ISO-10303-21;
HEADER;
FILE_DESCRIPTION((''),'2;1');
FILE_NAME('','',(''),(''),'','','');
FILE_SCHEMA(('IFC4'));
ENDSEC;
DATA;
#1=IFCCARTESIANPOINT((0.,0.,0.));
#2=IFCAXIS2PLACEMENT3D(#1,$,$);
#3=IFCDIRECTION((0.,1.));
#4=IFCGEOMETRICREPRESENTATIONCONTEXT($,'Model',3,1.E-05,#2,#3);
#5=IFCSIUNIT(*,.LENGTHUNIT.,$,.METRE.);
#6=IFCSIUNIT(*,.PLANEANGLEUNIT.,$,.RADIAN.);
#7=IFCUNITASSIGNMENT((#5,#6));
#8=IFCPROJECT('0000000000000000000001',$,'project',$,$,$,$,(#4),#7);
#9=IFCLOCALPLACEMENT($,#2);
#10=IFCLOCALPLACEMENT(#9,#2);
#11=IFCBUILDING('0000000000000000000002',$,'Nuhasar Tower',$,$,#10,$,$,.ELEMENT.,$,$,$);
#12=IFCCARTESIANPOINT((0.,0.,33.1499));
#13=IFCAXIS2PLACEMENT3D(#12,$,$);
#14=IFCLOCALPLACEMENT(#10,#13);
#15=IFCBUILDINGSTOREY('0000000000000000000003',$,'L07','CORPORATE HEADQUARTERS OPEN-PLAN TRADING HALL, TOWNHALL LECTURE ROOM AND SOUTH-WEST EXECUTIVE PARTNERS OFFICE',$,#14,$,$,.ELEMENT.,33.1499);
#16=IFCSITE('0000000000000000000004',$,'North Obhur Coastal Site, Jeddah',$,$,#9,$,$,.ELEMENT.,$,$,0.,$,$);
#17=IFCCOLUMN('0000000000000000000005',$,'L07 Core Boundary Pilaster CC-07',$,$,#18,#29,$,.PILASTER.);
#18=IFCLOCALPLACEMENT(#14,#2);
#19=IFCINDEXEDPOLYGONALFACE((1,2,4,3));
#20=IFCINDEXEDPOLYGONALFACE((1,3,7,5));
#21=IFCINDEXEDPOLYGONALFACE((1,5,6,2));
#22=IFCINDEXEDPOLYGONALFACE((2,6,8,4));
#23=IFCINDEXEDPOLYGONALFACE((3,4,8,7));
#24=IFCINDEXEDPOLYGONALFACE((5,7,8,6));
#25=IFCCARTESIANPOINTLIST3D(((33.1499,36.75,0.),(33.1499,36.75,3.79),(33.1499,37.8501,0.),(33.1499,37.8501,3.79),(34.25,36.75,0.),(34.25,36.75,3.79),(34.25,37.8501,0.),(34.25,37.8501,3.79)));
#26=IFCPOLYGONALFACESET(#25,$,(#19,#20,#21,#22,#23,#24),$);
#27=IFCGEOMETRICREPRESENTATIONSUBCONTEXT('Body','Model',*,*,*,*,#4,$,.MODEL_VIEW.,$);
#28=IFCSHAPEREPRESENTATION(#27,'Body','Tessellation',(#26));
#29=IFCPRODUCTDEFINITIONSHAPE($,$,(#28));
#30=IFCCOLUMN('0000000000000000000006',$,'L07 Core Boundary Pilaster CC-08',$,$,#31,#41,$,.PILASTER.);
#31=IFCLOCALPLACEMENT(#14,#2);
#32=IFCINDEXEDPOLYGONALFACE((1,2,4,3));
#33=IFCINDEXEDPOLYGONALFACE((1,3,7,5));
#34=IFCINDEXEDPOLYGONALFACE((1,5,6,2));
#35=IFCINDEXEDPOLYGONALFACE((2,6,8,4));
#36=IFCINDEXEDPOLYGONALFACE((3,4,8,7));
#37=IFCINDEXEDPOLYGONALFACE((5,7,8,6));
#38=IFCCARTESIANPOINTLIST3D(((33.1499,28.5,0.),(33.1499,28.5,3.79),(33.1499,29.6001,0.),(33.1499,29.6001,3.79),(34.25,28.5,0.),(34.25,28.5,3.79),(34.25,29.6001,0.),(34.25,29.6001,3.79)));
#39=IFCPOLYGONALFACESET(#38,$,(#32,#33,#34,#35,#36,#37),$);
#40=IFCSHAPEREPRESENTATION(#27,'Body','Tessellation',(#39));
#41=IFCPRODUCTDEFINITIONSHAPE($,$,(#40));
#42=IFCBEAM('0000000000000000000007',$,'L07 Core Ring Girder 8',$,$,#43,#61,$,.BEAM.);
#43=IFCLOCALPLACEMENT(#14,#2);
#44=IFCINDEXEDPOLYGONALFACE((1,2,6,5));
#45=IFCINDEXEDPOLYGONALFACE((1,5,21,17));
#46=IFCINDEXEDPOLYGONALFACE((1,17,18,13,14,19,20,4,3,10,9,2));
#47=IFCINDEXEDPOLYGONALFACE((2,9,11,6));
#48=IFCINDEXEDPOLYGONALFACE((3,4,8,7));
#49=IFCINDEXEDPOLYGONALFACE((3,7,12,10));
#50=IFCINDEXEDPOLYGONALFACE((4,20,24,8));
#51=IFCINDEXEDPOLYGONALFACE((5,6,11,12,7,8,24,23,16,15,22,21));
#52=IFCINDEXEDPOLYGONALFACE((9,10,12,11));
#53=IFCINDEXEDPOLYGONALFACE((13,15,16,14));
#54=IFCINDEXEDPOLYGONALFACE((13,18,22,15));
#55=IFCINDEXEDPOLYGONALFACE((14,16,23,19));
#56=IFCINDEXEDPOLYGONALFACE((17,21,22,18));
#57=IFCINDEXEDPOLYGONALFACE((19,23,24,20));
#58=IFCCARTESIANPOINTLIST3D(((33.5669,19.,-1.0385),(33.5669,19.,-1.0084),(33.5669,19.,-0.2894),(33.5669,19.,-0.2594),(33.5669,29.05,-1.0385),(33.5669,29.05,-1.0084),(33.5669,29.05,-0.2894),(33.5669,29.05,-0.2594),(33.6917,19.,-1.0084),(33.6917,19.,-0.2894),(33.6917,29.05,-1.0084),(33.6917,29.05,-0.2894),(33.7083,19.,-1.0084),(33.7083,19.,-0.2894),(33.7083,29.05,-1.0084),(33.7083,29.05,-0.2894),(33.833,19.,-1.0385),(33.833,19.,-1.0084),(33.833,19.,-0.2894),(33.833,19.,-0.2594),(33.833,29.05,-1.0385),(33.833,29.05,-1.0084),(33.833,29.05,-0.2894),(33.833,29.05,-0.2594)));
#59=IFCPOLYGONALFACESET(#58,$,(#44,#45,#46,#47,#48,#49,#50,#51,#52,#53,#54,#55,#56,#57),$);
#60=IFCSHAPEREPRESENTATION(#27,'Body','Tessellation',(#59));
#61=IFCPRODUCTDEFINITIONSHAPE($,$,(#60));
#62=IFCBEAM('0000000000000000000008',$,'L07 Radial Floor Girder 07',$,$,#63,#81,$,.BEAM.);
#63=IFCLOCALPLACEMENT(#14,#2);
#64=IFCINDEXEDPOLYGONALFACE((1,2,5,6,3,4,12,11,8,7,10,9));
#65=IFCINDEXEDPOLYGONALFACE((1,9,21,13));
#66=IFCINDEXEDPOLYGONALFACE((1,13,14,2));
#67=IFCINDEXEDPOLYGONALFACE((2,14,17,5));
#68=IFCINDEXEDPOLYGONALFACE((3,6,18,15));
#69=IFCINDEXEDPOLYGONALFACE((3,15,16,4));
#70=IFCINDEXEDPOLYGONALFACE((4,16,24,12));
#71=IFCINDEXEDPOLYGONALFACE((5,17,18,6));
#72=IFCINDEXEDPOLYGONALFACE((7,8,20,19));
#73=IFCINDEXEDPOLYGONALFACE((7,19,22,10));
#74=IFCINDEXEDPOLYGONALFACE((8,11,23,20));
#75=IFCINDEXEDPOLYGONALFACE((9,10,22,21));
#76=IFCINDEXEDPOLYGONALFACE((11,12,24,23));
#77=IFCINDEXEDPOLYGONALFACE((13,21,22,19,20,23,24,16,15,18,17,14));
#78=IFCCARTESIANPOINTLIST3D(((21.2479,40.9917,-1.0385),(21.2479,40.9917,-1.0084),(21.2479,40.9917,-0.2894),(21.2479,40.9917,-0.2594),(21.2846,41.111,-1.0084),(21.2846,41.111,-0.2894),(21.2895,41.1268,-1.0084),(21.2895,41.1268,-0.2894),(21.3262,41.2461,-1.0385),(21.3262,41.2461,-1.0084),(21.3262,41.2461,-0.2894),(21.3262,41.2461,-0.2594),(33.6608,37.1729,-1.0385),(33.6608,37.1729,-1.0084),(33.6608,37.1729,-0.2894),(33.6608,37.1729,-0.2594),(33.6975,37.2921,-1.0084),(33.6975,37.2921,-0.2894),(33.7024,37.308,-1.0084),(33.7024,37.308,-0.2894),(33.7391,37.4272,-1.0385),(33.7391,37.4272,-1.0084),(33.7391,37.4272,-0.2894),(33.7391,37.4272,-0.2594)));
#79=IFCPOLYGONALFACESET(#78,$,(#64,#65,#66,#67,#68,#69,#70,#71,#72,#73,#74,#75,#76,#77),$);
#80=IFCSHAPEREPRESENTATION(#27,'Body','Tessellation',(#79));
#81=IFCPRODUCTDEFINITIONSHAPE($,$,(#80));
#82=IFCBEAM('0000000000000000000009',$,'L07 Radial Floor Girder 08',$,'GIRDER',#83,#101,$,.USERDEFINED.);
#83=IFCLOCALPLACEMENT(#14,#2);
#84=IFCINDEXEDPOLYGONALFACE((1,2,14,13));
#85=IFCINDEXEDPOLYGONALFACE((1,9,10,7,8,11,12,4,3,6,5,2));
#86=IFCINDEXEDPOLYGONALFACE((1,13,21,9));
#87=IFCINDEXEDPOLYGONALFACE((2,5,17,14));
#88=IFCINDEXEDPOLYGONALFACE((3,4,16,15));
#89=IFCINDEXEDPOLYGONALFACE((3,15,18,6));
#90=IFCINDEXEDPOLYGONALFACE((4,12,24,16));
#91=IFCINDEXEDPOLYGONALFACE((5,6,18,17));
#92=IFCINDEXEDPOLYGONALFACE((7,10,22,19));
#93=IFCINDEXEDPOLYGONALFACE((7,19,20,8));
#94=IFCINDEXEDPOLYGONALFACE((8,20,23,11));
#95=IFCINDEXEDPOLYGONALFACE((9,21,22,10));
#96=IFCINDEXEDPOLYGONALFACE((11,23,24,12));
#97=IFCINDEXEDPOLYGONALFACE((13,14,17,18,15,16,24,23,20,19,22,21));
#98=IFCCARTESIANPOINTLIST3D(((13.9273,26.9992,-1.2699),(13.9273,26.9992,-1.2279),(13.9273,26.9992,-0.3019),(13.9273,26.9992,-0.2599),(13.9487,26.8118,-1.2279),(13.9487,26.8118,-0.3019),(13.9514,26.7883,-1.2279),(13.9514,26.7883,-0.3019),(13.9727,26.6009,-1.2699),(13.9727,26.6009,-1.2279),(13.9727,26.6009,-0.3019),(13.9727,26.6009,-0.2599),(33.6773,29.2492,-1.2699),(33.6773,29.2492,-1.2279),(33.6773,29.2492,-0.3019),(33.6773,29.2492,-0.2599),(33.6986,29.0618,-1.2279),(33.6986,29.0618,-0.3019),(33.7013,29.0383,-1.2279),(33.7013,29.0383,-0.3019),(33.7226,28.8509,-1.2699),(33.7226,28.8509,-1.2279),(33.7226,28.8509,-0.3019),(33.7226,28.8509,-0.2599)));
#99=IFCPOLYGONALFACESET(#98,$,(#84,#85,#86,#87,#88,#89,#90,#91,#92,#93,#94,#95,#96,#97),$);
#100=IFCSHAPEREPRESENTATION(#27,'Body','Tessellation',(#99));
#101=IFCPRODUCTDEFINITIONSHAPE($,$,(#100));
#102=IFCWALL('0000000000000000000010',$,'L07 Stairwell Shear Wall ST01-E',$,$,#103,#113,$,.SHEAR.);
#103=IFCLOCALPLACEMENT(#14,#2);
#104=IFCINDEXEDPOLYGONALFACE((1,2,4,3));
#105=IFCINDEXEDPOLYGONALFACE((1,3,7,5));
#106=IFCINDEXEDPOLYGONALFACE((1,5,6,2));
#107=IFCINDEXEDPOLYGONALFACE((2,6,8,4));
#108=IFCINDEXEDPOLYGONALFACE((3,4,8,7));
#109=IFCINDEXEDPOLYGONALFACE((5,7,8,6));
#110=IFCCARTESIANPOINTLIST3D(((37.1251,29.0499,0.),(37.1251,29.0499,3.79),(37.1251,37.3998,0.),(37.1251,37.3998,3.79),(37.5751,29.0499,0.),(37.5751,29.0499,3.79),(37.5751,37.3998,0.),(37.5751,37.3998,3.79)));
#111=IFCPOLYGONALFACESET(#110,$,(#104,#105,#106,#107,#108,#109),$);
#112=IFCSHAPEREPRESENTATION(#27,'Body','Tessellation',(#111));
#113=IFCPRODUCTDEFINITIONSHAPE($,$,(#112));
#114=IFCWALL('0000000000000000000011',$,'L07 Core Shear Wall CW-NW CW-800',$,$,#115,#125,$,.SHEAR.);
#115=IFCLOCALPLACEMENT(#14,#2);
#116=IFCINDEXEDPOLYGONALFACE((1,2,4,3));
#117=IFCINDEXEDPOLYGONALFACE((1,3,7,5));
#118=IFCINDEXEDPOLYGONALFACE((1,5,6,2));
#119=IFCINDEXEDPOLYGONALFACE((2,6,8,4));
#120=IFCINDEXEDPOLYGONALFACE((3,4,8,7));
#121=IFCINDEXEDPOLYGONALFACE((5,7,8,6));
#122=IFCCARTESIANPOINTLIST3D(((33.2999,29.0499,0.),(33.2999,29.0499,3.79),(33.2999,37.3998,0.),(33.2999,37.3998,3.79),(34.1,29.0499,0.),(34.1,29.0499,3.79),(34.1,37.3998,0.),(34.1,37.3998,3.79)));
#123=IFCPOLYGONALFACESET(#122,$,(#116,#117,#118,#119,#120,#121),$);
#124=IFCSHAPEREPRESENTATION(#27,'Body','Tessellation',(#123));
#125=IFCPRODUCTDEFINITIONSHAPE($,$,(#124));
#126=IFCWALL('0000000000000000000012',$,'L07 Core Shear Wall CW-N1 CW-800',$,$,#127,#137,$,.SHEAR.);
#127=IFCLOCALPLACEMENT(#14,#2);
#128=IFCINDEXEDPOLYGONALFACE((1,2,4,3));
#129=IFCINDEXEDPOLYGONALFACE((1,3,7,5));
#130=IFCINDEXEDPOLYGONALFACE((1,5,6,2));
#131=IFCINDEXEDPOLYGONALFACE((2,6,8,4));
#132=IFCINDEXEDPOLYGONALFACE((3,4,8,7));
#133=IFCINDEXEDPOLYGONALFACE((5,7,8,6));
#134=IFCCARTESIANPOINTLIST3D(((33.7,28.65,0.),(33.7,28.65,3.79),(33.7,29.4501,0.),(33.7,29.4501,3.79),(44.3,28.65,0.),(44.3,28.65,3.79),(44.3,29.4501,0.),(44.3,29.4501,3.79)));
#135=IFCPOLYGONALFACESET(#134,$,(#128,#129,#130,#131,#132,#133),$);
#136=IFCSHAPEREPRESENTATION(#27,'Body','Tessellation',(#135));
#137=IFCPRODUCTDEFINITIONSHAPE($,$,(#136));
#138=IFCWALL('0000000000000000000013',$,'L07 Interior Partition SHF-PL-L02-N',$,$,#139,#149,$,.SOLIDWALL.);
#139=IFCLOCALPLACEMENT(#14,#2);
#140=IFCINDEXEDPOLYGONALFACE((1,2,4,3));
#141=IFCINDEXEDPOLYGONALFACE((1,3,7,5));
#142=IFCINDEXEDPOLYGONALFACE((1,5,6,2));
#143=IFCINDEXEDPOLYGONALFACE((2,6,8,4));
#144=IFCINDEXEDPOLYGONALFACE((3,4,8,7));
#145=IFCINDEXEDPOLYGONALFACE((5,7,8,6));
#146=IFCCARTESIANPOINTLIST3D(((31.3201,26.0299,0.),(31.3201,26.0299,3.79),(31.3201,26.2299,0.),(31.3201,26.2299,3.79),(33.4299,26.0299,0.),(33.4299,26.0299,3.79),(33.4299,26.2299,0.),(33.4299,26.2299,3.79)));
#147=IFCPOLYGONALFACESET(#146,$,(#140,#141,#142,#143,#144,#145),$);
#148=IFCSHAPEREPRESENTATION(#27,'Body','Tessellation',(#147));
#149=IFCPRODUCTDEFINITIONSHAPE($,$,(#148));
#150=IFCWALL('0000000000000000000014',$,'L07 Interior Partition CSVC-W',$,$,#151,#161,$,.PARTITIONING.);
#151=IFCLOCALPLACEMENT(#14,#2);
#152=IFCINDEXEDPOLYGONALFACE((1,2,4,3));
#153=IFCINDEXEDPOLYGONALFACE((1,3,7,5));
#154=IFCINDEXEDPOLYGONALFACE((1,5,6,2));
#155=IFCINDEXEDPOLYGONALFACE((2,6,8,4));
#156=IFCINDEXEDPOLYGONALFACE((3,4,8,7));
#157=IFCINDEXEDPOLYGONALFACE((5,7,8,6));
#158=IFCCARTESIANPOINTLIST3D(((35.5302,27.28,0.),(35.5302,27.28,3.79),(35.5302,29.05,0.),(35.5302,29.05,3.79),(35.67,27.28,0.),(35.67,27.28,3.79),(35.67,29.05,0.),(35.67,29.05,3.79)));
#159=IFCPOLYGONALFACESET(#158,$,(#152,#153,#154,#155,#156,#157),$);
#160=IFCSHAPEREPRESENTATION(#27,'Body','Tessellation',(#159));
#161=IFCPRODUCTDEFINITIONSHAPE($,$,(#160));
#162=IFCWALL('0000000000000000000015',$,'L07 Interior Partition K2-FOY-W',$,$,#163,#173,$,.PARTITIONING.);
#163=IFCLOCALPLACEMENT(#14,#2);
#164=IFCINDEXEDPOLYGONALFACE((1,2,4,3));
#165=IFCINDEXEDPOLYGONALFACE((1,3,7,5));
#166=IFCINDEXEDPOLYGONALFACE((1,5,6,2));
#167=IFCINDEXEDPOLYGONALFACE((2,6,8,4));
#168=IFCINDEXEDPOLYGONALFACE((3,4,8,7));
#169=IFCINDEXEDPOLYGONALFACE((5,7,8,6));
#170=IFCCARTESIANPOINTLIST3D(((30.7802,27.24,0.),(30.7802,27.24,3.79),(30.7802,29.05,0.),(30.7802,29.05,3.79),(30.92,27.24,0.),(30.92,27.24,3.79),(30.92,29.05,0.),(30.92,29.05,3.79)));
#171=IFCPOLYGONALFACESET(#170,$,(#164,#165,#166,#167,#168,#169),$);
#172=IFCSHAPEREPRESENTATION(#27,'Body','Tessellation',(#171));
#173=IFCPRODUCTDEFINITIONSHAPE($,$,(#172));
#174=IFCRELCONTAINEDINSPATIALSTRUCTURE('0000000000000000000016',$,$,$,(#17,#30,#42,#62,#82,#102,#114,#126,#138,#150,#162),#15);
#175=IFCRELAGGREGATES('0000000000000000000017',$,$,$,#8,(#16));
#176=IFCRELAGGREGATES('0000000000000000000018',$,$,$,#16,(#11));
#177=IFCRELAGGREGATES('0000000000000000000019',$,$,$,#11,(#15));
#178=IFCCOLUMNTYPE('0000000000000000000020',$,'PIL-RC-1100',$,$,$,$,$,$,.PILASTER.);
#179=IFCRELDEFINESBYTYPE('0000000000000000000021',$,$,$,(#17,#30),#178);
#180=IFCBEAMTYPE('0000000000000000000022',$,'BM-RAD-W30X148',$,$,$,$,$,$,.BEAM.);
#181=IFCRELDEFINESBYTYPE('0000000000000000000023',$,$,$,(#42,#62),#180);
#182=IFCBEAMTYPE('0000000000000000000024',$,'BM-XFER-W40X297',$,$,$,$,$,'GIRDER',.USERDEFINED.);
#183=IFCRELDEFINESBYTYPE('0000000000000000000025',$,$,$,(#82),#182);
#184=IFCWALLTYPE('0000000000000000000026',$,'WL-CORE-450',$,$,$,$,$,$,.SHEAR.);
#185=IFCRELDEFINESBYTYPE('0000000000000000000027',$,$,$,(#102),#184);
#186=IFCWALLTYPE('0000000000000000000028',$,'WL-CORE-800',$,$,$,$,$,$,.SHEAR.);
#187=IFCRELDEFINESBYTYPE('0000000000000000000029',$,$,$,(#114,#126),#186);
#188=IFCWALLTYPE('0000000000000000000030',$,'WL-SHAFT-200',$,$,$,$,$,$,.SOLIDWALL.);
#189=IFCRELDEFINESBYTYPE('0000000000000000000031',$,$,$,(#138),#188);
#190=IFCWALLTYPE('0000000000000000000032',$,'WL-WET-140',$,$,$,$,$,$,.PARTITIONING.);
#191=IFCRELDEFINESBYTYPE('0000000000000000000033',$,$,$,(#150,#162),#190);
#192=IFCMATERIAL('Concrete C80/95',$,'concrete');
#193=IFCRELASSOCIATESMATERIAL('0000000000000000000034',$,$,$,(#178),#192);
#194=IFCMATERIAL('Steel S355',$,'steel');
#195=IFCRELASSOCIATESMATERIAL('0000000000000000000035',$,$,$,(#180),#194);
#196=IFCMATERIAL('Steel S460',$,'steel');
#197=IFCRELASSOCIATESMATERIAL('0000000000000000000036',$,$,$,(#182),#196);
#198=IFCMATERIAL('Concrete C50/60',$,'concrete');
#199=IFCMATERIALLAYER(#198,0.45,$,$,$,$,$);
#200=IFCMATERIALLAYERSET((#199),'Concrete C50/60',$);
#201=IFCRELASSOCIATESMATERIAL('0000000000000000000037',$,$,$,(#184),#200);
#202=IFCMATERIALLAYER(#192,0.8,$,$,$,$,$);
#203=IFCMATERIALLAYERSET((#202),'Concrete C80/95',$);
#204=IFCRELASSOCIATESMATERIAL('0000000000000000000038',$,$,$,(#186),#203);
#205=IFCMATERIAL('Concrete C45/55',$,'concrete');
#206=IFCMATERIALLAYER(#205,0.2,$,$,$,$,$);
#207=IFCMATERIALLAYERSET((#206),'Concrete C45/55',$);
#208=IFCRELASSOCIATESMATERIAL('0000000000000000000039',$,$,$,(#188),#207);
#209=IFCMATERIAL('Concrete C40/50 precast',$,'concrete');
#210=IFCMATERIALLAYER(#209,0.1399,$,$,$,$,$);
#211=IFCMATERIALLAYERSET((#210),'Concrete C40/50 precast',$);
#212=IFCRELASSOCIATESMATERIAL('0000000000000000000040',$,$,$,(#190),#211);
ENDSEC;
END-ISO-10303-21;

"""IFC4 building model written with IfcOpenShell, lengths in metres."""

from ifc_helpers import new_model, si_unit, direction, frame, frame_2d, origin, origin_2d, place, context, subcontext, project, spatial, rectangle, i_section, extrude, material, layer, layer_set, material_profile, profile_set, type_object, element, save


model = new_model("IFC4")

# Units and contexts
model_context = context("Model", 3, precision=1e-05, world=origin(), true_north=direction((0.0, 1.0)))
body_context = subcontext(model_context, "Body", "Model", "MODEL_VIEW")
ifc_project = project(units=[si_unit("LENGTHUNIT", "METRE"), si_unit("PLANEANGLEUNIT", "RADIAN")], contexts=[model_context])

# Site, building, storey
site_placement = place(None, origin())
site = spatial("IfcSite", under=ifc_project, at=site_placement, Name="North Obhur Coastal Site, Jeddah", CompositionType="ELEMENT", RefElevation=0.0)
building_placement = place(site_placement, origin())
building = spatial("IfcBuilding", under=site, at=building_placement, Name="Nuhasar Tower", CompositionType="ELEMENT")
storey_placement = place(building_placement, frame((0.0, 0.0, 33.1499)))
storey = spatial("IfcBuildingStorey", under=building, at=storey_placement, Name="L07", Description="CORPORATE HEADQUARTERS OPEN-PLAN TRADING HALL, TOWNHALL LECTURE ROOM AND SOUTH-WEST EXECUTIVE PARTNERS OFFICE", CompositionType="ELEMENT", Elevation=33.1499)

# Columns
ifc_material_1 = material(Name="Concrete C80/95", Category="concrete")
ifc_material_profile_1 = material_profile(ifc_material_1, rectangle(XDim=1.1001, YDim=1.1001, at=origin_2d()), Name="RC1100X1100")
ifc_profile_set_1 = profile_set([ifc_material_profile_1], Name="Concrete C80/95")
column_type = type_object("IfcColumnType", Name="PIL-RC-1100", PredefinedType="PILASTER", material=ifc_profile_set_1)
for number, where, z_axis, x_axis, name in (
    (1, (33.7, 37.3, 0.0), (0.0, 0.0, 1.0), (1.0, 0.0, 0.0), "L07 Core Boundary Pilaster CC-07"),
    (2, (33.7, 29.05, 0.0), (0.0, 0.0, 1.0), (1.0, 0.0, 0.0), "L07 Core Boundary Pilaster CC-08"),
):
    element("IfcColumn", number, at=place(storey_placement, frame(where, z_axis=z_axis, x_axis=x_axis)), inside=storey, type_object=column_type, Name=name, PredefinedType="PILASTER", context=body_context, shape_type="SweptSolid", body=[
        extrude(rectangle(XDim=1.1001, YDim=1.1001, at=origin_2d()), origin(), (0.0, 0.0, 1.0), 3.79),
    ])

# Beams
ifc_material_2 = material(Name="Steel S355", Category="steel")
ifc_material_profile_2 = material_profile(ifc_material_2, i_section(OverallWidth=0.2661, OverallDepth=0.7791, WebThickness=0.0166, FlangeThickness=0.03, at=origin_2d()), Name="W30X148")
ifc_profile_set_2 = profile_set([ifc_material_profile_2], Name="Steel S355")
beam_type_1 = type_object("IfcBeamType", Name="BM-RAD-W30X148", PredefinedType="BEAM", material=ifc_profile_set_2)
beam_1_placement = place(storey_placement, frame((33.7, 29.05, -0.6489), z_axis=(0.0, -1.0, 0.0), x_axis=(1.0, 0.0, 0.0)))
element("IfcBeam", 3, at=beam_1_placement, inside=storey, type_object=beam_type_1, Name="L07 Core Ring Girder 8", PredefinedType="BEAM", context=body_context, shape_type="SweptSolid", body=[
    extrude(i_section(OverallWidth=0.2661, OverallDepth=0.7791, WebThickness=0.0166, FlangeThickness=0.03, at=origin_2d()), origin(), (0.0, 0.0, 1.0), 10.05),
])
beam_2_placement = place(storey_placement, frame((33.7, 37.3, -0.6489), z_axis=(-0.95579, 0.294052, 0.0), x_axis=(-0.294052, -0.95579, 0.0)))
element("IfcBeam", 4, at=beam_2_placement, inside=storey, type_object=beam_type_1, Name="L07 Radial Floor Girder 07", PredefinedType="BEAM", context=body_context, shape_type="SweptSolid", body=[
    extrude(i_section(OverallWidth=0.2661, OverallDepth=0.7791, WebThickness=0.0166, FlangeThickness=0.03, at=origin_2d()), origin(), (0.0, 0.0, 1.0), 12.9871),
])
ifc_material_3 = material(Name="Steel S460", Category="steel")
ifc_material_profile_3 = material_profile(ifc_material_3, i_section(OverallWidth=0.4009, OverallDepth=1.01, WebThickness=0.0237, FlangeThickness=0.042, at=origin_2d()), Name="W40X297")
ifc_profile_set_3 = profile_set([ifc_material_profile_3], Name="Steel S460")
beam_type_2 = type_object("IfcBeamType", Name="BM-XFER-W40X297", ElementType="GIRDER", PredefinedType="USERDEFINED", material=ifc_profile_set_3)
beam_3_placement = place(storey_placement, frame((33.7, 29.05, -0.7649), z_axis=(-0.993573, -0.113192, 0.0), x_axis=(0.113192, -0.993573, 0.0)))
element("IfcBeam", 5, at=beam_3_placement, inside=storey, type_object=beam_type_2, Name="L07 Radial Floor Girder 08", ObjectType="GIRDER", PredefinedType="USERDEFINED", context=body_context, shape_type="SweptSolid", body=[
    extrude(i_section(OverallWidth=0.4009, OverallDepth=1.01, WebThickness=0.0237, FlangeThickness=0.042, at=origin_2d()), origin(), (0.0, 0.0, 1.0), 19.8777),
])

# Walls
ifc_material_4 = material(Name="Concrete C50/60", Category="concrete")
ifc_layer_1 = layer(ifc_material_4, 0.45)
ifc_layer_set_1 = layer_set([ifc_layer_1], Name="Concrete C50/60")
wall_type_1 = type_object("IfcWallType", Name="WL-CORE-450", PredefinedType="SHEAR", material=ifc_layer_set_1)
wall_1_placement = place(storey_placement, frame((37.3501, 29.05, 0.0), z_axis=(0.0, 0.0, 1.0), x_axis=(0.0, 1.0, 0.0)))
element("IfcWall", 6, at=wall_1_placement, inside=storey, type_object=wall_type_1, Name="L07 Stairwell Shear Wall ST01-E", PredefinedType="SHEAR", context=body_context, shape_type="SweptSolid", body=[
    extrude(rectangle(XDim=8.3499, YDim=0.45, at=frame_2d((4.1748, 0.0))), origin(), (0.0, 0.0, 1.0), 3.79),
])
ifc_layer_2 = layer(ifc_material_1, 0.8)
ifc_layer_set_2 = layer_set([ifc_layer_2], Name="Concrete C80/95")
wall_type_2 = type_object("IfcWallType", Name="WL-CORE-800", PredefinedType="SHEAR", material=ifc_layer_set_2)
wall_2_placement = place(storey_placement, frame((33.7, 29.05, 0.0), z_axis=(0.0, 0.0, 1.0), x_axis=(0.0, 1.0, 0.0)))
element("IfcWall", 7, at=wall_2_placement, inside=storey, type_object=wall_type_2, Name="L07 Core Shear Wall CW-NW CW-800", PredefinedType="SHEAR", context=body_context, shape_type="SweptSolid", body=[
    extrude(rectangle(XDim=8.3499, YDim=0.8, at=frame_2d((4.1748, 0.0))), origin(), (0.0, 0.0, 1.0), 3.79),
])
wall_3_placement = place(storey_placement, frame((33.7, 29.05, 0.0), z_axis=(0.0, 0.0, 1.0), x_axis=(1.0, 0.0, 0.0)))
element("IfcWall", 8, at=wall_3_placement, inside=storey, type_object=wall_type_2, Name="L07 Core Shear Wall CW-N1 CW-800", PredefinedType="SHEAR", context=body_context, shape_type="SweptSolid", body=[
    extrude(rectangle(XDim=10.6001, YDim=0.8, at=frame_2d((5.3, 0.0))), origin(), (0.0, 0.0, 1.0), 3.79),
])
ifc_material_5 = material(Name="Concrete C45/55", Category="concrete")
ifc_layer_3 = layer(ifc_material_5, 0.2)
ifc_layer_set_3 = layer_set([ifc_layer_3], Name="Concrete C45/55")
wall_type_3 = type_object("IfcWallType", Name="WL-SHAFT-200", PredefinedType="SOLIDWALL", material=ifc_layer_set_3)
wall_4_placement = place(storey_placement, frame((31.3201, 26.1299, 0.0), z_axis=(0.0, 0.0, 1.0), x_axis=(1.0, 0.0, 0.0)))
element("IfcWall", 9, at=wall_4_placement, inside=storey, type_object=wall_type_3, Name="L07 Interior Partition SHF-PL-L02-N", PredefinedType="SOLIDWALL", context=body_context, shape_type="SweptSolid", body=[
    extrude(rectangle(XDim=2.1099, YDim=0.2, at=frame_2d((1.0549, 0.0))), origin(), (0.0, 0.0, 1.0), 3.79),
])
ifc_material_6 = material(Name="Concrete C40/50 precast", Category="concrete")
ifc_layer_4 = layer(ifc_material_6, 0.1399)
ifc_layer_set_4 = layer_set([ifc_layer_4], Name="Concrete C40/50 precast")
wall_type_4 = type_object("IfcWallType", Name="WL-WET-140", PredefinedType="PARTITIONING", material=ifc_layer_set_4)
wall_5_placement = place(storey_placement, frame((35.6001, 27.28, 0.0), z_axis=(0.0, 0.0, 1.0), x_axis=(0.0, 1.0, 0.0)))
element("IfcWall", 10, at=wall_5_placement, inside=storey, type_object=wall_type_4, Name="L07 Interior Partition CSVC-W", PredefinedType="PARTITIONING", context=body_context, shape_type="SweptSolid", body=[
    extrude(rectangle(XDim=1.77, YDim=0.1399, at=frame_2d((0.885, 0.0))), origin(), (0.0, 0.0, 1.0), 3.79),
])
wall_6_placement = place(storey_placement, frame((30.8501, 27.24, 0.0), z_axis=(0.0, 0.0, 1.0), x_axis=(0.0, 1.0, 0.0)))
element("IfcWall", 11, at=wall_6_placement, inside=storey, type_object=wall_type_4, Name="L07 Interior Partition K2-FOY-W", PredefinedType="PARTITIONING", context=body_context, shape_type="SweptSolid", body=[
    extrude(rectangle(XDim=1.8101, YDim=0.1399, at=frame_2d((0.905, 0.0))), origin(), (0.0, 0.0, 1.0), 3.79),
])

save(model, "model.ifc")
